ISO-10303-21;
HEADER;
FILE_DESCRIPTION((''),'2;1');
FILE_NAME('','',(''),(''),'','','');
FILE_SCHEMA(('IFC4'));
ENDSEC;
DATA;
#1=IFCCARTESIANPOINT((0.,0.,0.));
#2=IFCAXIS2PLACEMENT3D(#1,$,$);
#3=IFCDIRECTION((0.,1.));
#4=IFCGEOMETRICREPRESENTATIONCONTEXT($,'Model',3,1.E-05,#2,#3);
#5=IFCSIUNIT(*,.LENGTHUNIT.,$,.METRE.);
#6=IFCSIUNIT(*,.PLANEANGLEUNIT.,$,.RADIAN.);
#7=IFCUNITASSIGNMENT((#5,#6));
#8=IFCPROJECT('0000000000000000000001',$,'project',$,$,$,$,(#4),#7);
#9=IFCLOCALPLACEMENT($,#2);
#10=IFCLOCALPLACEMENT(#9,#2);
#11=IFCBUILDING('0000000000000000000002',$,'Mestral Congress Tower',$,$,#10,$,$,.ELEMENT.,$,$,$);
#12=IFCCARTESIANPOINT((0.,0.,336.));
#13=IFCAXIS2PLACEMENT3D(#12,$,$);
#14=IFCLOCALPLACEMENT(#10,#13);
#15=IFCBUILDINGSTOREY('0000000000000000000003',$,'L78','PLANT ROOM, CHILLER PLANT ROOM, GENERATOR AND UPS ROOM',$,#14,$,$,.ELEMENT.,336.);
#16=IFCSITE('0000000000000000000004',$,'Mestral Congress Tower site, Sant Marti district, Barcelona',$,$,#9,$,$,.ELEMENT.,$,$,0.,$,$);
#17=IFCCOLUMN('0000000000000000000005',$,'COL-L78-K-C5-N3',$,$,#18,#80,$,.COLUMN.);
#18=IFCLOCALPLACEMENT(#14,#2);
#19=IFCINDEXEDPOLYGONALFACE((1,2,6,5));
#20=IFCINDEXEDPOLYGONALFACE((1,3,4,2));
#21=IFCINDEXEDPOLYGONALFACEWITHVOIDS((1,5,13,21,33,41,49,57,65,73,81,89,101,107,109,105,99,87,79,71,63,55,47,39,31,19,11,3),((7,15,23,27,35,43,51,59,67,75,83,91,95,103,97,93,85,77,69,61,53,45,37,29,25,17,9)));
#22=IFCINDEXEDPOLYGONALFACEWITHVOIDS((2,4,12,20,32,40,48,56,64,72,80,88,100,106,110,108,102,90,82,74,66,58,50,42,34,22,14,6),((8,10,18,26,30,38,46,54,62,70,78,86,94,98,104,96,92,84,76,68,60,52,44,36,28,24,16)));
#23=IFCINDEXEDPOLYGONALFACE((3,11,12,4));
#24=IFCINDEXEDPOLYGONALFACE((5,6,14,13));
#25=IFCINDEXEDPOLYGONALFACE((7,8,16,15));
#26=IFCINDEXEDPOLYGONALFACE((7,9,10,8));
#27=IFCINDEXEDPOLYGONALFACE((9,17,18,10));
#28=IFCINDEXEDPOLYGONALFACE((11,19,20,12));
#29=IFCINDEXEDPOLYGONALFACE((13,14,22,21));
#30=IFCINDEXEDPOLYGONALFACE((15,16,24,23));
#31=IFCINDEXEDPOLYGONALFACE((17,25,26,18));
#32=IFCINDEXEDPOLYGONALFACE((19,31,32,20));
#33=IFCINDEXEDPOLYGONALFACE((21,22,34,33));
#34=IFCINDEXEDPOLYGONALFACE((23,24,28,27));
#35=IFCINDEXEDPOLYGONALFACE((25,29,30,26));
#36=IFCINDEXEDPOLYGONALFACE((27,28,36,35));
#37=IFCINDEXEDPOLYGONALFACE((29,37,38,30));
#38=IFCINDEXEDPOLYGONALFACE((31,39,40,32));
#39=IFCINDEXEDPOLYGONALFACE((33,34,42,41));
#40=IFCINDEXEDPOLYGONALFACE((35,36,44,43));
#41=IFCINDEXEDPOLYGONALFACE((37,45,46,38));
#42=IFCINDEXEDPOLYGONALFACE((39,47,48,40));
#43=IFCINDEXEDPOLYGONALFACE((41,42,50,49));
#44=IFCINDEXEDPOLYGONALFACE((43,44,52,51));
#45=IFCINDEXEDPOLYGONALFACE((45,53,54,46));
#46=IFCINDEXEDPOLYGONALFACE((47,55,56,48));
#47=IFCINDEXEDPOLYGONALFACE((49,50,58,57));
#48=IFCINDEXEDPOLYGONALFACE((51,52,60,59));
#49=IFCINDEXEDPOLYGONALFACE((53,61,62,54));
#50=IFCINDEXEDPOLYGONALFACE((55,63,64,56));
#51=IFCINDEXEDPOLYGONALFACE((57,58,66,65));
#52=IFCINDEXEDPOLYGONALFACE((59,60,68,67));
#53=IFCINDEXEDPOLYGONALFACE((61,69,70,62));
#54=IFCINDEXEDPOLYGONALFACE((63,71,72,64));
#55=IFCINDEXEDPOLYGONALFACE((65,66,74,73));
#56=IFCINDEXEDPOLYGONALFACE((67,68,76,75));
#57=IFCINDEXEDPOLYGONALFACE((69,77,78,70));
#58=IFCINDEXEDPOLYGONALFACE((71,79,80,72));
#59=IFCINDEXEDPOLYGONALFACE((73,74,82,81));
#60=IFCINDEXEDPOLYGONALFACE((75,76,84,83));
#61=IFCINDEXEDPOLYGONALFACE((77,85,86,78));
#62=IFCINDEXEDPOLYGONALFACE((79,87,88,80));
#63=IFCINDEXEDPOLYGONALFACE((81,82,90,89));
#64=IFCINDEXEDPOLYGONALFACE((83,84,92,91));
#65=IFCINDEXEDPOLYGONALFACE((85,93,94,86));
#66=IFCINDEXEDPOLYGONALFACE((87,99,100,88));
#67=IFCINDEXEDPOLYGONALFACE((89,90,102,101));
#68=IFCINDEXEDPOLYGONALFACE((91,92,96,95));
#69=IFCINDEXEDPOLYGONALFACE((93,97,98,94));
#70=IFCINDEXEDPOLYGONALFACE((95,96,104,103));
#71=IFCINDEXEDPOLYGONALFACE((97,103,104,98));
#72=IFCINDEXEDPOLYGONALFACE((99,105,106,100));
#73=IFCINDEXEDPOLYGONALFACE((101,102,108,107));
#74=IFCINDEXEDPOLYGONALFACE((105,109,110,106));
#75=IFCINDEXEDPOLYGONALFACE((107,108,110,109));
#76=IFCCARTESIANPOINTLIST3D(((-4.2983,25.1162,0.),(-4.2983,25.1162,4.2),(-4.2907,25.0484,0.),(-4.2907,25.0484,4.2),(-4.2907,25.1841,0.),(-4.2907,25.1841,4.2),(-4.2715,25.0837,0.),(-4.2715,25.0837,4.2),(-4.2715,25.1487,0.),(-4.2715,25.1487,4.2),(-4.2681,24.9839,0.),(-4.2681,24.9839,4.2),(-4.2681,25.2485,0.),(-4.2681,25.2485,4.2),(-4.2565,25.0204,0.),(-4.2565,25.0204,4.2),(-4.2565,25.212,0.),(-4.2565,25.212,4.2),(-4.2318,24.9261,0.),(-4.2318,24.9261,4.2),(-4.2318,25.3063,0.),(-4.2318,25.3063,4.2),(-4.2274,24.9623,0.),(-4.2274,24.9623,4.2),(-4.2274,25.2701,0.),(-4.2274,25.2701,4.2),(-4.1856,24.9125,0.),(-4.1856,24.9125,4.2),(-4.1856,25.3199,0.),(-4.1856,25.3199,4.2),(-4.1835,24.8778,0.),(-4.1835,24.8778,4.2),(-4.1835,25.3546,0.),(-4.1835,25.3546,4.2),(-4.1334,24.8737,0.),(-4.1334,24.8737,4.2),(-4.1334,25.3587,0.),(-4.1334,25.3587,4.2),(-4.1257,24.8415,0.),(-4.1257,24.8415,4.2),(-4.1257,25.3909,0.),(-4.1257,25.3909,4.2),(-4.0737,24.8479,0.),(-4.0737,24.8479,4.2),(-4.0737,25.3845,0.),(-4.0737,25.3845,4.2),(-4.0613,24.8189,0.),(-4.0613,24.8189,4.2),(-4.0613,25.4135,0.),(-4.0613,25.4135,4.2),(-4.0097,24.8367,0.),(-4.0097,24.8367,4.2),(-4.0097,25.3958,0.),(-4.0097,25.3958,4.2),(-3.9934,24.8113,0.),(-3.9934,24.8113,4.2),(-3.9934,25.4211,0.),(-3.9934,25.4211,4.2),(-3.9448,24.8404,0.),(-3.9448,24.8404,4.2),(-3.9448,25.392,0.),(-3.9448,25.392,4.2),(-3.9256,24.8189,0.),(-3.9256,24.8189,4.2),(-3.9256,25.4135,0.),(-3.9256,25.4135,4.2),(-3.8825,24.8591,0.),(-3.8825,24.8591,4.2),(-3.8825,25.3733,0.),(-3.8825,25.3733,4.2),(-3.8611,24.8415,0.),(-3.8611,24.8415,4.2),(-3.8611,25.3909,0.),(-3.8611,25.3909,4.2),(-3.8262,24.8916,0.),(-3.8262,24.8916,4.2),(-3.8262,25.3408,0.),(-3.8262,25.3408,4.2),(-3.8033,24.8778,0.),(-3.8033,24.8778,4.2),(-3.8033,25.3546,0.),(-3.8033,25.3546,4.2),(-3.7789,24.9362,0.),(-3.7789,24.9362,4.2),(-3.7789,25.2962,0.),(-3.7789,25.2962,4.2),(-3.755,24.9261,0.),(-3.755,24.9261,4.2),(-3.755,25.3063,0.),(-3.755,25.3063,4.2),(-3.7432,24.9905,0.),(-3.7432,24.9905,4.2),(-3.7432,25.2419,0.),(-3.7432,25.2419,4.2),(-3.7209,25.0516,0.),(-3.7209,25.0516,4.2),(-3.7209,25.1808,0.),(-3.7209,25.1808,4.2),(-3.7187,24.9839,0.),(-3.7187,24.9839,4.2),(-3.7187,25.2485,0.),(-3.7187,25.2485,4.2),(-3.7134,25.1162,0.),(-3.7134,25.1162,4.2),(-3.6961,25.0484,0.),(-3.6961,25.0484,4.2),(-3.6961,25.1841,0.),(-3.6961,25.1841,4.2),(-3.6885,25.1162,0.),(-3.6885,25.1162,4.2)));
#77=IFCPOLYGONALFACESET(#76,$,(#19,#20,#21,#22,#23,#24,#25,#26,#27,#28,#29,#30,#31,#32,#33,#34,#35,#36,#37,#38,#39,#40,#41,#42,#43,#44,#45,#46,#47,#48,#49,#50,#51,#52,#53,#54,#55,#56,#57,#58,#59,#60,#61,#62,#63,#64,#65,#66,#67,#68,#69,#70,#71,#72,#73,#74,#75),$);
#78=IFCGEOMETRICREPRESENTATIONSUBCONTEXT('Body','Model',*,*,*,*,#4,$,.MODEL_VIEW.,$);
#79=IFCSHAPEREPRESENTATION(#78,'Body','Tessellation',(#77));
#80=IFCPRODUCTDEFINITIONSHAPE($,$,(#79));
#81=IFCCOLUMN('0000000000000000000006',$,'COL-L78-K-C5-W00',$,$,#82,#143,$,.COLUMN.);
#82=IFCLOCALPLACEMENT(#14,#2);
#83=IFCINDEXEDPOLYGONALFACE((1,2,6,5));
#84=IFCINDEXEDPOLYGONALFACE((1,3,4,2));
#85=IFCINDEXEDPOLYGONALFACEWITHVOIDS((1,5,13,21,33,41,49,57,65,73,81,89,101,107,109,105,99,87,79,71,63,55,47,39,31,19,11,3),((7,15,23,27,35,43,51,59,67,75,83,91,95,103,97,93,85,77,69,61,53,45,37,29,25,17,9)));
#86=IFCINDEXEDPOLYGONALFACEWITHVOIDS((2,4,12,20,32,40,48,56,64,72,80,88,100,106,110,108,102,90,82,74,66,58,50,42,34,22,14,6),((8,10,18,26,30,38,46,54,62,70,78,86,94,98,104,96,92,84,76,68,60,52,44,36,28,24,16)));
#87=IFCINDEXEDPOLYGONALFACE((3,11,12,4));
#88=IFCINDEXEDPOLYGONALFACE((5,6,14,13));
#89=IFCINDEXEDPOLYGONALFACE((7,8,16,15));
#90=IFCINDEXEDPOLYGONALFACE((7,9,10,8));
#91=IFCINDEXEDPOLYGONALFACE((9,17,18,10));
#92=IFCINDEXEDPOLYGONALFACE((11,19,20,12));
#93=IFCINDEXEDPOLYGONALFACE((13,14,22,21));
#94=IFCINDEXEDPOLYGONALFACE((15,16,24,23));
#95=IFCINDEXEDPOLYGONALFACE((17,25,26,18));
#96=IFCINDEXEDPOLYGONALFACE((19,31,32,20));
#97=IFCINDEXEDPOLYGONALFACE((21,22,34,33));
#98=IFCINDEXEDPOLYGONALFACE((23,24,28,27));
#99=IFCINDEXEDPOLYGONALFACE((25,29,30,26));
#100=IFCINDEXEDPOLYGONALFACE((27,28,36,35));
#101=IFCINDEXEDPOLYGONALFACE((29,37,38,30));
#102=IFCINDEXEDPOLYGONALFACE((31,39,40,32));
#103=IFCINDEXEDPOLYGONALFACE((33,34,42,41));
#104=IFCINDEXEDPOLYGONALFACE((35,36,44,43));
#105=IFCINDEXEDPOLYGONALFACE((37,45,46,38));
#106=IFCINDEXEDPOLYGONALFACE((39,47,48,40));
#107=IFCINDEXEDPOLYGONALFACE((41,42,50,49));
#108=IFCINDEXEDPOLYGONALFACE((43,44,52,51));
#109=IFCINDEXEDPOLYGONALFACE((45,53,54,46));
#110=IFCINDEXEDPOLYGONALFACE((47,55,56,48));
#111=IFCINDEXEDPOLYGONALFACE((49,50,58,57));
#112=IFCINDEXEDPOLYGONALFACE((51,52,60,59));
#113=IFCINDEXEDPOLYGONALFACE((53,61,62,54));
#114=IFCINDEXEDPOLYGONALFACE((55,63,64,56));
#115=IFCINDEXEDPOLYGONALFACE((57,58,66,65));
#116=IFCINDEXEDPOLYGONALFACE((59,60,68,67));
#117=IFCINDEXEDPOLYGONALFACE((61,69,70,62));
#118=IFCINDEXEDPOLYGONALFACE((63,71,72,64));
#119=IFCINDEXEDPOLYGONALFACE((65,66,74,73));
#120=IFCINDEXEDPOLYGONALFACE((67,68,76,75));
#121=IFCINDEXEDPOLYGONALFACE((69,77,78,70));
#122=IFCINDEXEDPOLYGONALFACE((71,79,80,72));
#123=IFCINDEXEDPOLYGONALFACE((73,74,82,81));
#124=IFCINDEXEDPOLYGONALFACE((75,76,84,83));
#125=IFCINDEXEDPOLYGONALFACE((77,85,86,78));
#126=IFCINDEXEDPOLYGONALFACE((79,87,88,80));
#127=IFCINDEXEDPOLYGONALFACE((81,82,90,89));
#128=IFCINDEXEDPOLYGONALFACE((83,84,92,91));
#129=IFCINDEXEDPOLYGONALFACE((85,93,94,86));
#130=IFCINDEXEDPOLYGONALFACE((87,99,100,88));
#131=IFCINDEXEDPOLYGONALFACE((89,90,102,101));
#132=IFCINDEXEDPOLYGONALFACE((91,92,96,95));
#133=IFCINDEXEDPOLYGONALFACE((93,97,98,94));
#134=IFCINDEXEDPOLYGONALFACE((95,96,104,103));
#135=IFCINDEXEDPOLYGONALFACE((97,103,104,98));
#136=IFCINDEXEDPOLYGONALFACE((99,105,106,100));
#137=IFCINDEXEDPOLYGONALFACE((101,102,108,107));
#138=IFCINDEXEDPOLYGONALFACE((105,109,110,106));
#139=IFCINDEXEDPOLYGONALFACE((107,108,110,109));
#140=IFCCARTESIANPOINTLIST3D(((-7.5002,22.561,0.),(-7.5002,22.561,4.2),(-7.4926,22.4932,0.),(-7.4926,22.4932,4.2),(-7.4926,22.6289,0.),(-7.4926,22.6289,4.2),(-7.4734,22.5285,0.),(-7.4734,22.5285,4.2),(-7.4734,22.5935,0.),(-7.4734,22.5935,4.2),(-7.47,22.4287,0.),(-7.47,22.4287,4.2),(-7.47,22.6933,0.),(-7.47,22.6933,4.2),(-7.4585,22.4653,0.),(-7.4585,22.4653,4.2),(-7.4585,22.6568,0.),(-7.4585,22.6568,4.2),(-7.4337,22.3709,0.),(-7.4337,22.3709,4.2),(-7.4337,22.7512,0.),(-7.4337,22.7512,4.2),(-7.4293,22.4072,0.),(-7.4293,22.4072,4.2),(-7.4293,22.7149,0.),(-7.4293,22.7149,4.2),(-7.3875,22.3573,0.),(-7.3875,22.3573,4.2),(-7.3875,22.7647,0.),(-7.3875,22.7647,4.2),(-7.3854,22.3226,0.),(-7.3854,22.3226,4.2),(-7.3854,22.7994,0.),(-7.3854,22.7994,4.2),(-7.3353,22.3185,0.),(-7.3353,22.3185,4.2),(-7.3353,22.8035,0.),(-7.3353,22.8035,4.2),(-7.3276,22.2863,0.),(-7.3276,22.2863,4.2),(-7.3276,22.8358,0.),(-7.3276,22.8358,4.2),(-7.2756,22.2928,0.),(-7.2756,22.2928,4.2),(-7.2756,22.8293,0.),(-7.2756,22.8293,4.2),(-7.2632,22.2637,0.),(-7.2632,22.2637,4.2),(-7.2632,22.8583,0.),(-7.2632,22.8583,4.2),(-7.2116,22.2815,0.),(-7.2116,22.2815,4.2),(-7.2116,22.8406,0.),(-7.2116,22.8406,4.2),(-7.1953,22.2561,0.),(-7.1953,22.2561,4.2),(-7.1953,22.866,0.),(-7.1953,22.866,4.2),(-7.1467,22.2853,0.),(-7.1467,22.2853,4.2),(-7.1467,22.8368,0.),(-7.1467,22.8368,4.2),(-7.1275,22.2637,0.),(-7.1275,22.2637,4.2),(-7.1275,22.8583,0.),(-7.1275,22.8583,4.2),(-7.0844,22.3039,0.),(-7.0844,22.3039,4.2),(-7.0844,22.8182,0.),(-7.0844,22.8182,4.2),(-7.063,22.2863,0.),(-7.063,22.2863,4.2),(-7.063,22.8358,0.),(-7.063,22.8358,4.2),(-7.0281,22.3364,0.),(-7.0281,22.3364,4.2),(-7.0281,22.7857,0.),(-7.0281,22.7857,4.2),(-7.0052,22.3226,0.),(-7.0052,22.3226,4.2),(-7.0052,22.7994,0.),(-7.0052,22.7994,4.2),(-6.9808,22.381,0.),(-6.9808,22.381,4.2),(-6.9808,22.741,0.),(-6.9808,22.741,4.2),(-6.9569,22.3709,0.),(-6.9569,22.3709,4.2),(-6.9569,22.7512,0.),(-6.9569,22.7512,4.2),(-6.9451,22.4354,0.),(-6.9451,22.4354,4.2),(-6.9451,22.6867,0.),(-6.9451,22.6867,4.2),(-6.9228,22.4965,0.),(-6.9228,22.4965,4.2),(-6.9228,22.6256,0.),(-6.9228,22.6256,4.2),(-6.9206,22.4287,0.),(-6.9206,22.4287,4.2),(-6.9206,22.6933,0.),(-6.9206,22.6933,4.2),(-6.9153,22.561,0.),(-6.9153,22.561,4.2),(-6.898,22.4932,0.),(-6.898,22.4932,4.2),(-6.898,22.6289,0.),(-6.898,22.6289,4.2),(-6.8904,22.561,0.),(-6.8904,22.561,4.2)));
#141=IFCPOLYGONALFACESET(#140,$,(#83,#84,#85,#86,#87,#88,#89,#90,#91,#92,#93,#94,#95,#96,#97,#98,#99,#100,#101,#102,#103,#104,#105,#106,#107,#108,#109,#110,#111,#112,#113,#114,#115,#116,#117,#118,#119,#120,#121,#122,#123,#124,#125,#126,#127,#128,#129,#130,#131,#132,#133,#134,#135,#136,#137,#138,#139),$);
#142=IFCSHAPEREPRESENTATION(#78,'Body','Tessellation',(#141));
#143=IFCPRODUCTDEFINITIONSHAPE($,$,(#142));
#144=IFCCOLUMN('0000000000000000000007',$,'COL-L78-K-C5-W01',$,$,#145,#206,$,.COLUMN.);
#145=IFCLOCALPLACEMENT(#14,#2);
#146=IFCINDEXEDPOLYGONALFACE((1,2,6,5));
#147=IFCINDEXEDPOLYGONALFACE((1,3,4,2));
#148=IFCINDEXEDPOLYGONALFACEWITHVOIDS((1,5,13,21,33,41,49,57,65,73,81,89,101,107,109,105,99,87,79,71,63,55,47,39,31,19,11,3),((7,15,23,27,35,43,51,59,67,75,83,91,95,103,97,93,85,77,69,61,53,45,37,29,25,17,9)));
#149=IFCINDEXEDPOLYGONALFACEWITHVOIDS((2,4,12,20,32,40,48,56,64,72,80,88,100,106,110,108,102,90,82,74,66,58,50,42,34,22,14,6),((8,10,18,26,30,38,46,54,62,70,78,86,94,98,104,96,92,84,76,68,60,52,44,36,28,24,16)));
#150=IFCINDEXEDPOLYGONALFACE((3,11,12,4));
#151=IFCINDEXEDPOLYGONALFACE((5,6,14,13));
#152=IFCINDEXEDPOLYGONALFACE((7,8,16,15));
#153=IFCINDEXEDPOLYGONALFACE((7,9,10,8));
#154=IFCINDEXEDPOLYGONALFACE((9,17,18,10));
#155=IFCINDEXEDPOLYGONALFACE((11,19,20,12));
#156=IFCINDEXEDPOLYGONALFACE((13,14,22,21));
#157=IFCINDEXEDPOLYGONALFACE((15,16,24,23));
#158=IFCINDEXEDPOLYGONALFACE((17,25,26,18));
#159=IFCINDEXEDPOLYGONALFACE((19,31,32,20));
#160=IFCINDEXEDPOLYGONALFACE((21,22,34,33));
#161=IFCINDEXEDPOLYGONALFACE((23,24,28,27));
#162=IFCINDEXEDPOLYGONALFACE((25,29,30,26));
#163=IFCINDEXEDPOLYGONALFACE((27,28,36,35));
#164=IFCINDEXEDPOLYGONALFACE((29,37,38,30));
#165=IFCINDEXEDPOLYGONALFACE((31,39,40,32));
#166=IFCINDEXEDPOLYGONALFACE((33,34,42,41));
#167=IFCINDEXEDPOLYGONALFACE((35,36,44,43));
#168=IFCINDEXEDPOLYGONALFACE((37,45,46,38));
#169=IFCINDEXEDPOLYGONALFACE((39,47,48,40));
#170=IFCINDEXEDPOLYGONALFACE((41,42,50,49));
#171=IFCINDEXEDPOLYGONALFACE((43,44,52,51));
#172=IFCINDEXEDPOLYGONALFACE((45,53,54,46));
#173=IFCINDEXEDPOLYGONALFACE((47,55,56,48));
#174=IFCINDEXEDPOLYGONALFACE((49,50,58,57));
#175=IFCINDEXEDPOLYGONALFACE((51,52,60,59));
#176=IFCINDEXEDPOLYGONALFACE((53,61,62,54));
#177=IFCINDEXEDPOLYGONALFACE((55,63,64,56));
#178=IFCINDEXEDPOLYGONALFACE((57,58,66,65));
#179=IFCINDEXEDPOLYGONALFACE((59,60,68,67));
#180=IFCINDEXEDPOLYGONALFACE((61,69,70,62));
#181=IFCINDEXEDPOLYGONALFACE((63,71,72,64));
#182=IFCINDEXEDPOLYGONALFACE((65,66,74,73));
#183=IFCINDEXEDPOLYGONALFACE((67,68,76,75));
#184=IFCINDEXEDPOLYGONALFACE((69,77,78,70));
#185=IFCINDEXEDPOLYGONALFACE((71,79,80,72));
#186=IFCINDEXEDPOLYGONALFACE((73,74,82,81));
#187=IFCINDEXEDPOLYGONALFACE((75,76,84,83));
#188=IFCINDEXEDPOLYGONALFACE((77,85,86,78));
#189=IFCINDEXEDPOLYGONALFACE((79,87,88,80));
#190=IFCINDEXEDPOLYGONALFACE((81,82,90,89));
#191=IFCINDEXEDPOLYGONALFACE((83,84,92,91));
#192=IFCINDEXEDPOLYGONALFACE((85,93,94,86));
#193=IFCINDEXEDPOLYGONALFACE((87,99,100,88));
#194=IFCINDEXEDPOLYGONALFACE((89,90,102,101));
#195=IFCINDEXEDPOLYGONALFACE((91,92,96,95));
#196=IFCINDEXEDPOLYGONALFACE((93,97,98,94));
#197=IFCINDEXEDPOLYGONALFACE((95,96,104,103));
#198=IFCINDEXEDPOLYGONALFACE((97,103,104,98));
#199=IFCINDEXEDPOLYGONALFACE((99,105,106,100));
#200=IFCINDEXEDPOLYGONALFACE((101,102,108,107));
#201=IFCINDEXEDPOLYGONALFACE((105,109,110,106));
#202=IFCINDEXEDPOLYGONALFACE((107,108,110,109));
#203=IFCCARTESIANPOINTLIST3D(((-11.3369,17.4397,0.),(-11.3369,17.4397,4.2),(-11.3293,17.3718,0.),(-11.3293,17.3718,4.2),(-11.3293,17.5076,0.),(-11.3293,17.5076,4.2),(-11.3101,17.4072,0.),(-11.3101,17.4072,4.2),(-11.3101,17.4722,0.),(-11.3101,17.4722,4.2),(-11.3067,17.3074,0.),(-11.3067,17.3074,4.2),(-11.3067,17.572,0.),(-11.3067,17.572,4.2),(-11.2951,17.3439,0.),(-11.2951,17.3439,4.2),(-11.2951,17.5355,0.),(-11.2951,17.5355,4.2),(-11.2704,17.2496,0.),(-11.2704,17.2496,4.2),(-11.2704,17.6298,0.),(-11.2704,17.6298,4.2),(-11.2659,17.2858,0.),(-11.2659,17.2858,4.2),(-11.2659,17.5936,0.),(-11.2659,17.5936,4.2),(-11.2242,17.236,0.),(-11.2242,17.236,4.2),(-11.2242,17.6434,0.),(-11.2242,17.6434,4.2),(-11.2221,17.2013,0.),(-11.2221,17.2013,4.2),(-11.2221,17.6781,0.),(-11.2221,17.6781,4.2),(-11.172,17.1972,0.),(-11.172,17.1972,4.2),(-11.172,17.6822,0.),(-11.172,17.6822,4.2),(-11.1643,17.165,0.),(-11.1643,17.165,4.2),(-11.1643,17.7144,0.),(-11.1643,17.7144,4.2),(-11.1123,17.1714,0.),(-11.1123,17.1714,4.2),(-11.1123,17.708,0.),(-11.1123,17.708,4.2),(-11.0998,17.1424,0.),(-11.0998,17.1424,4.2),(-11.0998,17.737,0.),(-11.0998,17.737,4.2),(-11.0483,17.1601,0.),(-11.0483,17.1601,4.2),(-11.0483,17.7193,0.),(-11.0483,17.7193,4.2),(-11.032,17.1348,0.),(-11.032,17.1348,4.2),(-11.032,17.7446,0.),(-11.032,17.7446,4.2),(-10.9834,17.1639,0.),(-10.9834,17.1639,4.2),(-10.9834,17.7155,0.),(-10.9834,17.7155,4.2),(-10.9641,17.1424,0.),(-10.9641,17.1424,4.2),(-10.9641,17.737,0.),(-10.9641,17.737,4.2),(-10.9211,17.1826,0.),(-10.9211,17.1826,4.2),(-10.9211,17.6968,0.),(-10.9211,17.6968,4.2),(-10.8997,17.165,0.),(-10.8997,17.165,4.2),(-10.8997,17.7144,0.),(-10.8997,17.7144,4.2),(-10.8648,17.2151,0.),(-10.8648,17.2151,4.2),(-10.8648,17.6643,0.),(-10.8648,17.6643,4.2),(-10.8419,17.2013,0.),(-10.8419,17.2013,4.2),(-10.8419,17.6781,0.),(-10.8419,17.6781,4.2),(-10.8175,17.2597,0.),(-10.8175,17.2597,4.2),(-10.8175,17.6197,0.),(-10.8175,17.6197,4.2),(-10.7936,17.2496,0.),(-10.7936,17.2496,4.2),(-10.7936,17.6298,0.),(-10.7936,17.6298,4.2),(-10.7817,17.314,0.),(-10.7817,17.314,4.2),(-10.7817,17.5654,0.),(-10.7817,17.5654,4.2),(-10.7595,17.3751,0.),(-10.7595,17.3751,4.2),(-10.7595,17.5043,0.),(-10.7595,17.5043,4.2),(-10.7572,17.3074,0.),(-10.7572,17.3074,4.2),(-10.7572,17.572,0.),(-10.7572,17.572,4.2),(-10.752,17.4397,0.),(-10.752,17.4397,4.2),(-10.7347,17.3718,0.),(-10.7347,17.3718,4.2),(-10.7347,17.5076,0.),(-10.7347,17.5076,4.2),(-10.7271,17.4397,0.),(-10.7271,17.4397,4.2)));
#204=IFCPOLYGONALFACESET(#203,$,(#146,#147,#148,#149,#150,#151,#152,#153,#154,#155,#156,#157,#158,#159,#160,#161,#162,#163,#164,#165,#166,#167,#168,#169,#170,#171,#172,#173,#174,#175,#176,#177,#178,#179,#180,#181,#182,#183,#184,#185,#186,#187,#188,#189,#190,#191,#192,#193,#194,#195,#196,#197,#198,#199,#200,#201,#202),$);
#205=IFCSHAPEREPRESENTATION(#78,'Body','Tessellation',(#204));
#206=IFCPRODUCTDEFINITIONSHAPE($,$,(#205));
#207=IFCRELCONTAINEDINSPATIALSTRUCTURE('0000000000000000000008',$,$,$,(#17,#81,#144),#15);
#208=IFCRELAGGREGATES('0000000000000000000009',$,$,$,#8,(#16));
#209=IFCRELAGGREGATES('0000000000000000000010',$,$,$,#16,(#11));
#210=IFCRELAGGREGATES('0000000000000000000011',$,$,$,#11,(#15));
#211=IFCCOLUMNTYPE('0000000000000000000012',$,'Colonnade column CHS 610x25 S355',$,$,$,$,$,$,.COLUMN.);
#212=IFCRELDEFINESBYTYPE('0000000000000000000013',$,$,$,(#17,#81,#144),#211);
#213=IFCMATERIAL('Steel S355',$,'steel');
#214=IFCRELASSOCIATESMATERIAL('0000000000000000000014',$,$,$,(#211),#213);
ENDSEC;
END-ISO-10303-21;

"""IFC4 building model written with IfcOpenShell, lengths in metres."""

from ifc_helpers import new_model, si_unit, direction, frame, origin, origin_2d, place, context, subcontext, project, spatial, hollow_circle, extrude, material, material_profile, profile_set, type_object, element, save


model = new_model("IFC4")

# Units and contexts
model_context = context("Model", 3, precision=1e-05, world=origin(), true_north=direction((0.0, 1.0)))
body_context = subcontext(model_context, "Body", "Model", "MODEL_VIEW")
ifc_project = project(units=[si_unit("LENGTHUNIT", "METRE"), si_unit("PLANEANGLEUNIT", "RADIAN")], contexts=[model_context])

# Site, building, storey
site_placement = place(None, origin())
site = spatial("IfcSite", under=ifc_project, at=site_placement, Name="Mestral Congress Tower site, Sant Marti district, Barcelona", CompositionType="ELEMENT", RefElevation=0.0)
building_placement = place(site_placement, origin())
building = spatial("IfcBuilding", under=site, at=building_placement, Name="Mestral Congress Tower", CompositionType="ELEMENT")
storey_placement = place(building_placement, frame((0.0, 0.0, 336.0)))
storey = spatial("IfcBuildingStorey", under=building, at=storey_placement, Name="L78", Description="PLANT ROOM, CHILLER PLANT ROOM, GENERATOR AND UPS ROOM", CompositionType="ELEMENT", Elevation=336.0)

# Columns
ifc_material_1 = material(Name="Steel S355", Category="steel")
ifc_material_profile_1 = material_profile(ifc_material_1, hollow_circle(Radius=0.3049, WallThickness=0.0249, at=origin_2d()), Name="CHS 610x25")
ifc_profile_set_1 = profile_set([ifc_material_profile_1], Name="Steel S355")
column_type_1 = type_object("IfcColumnType", Name="Colonnade column CHS 610x25 S355", PredefinedType="COLUMN", material=ifc_profile_set_1)
for number, where, z_axis, x_axis, name in (
    (1, (-3.9934, 25.1162, 0.0), (0.0, 0.0, 1.0), (1.0, 0.0, 0.0), "COL-L78-K-C5-N3"),
    (2, (-7.1953, 22.561, 0.0), (0.0, 0.0, 1.0), (1.0, 0.0, 0.0), "COL-L78-K-C5-W00"),
    (3, (-11.032, 17.4397, 0.0), (0.0, 0.0, 1.0), (1.0, 0.0, 0.0), "COL-L78-K-C5-W01"),
):
    element("IfcColumn", number, at=place(storey_placement, frame(where, z_axis=z_axis, x_axis=x_axis)), inside=storey, type_object=column_type_1, Name=name, PredefinedType="COLUMN", context=body_context, shape_type="SweptSolid", body=[
        extrude(hollow_circle(Radius=0.3049, WallThickness=0.0249, at=origin_2d()), origin(), (0.0, 0.0, 1.0), 4.2),
    ])

save(model, "model.ifc")
